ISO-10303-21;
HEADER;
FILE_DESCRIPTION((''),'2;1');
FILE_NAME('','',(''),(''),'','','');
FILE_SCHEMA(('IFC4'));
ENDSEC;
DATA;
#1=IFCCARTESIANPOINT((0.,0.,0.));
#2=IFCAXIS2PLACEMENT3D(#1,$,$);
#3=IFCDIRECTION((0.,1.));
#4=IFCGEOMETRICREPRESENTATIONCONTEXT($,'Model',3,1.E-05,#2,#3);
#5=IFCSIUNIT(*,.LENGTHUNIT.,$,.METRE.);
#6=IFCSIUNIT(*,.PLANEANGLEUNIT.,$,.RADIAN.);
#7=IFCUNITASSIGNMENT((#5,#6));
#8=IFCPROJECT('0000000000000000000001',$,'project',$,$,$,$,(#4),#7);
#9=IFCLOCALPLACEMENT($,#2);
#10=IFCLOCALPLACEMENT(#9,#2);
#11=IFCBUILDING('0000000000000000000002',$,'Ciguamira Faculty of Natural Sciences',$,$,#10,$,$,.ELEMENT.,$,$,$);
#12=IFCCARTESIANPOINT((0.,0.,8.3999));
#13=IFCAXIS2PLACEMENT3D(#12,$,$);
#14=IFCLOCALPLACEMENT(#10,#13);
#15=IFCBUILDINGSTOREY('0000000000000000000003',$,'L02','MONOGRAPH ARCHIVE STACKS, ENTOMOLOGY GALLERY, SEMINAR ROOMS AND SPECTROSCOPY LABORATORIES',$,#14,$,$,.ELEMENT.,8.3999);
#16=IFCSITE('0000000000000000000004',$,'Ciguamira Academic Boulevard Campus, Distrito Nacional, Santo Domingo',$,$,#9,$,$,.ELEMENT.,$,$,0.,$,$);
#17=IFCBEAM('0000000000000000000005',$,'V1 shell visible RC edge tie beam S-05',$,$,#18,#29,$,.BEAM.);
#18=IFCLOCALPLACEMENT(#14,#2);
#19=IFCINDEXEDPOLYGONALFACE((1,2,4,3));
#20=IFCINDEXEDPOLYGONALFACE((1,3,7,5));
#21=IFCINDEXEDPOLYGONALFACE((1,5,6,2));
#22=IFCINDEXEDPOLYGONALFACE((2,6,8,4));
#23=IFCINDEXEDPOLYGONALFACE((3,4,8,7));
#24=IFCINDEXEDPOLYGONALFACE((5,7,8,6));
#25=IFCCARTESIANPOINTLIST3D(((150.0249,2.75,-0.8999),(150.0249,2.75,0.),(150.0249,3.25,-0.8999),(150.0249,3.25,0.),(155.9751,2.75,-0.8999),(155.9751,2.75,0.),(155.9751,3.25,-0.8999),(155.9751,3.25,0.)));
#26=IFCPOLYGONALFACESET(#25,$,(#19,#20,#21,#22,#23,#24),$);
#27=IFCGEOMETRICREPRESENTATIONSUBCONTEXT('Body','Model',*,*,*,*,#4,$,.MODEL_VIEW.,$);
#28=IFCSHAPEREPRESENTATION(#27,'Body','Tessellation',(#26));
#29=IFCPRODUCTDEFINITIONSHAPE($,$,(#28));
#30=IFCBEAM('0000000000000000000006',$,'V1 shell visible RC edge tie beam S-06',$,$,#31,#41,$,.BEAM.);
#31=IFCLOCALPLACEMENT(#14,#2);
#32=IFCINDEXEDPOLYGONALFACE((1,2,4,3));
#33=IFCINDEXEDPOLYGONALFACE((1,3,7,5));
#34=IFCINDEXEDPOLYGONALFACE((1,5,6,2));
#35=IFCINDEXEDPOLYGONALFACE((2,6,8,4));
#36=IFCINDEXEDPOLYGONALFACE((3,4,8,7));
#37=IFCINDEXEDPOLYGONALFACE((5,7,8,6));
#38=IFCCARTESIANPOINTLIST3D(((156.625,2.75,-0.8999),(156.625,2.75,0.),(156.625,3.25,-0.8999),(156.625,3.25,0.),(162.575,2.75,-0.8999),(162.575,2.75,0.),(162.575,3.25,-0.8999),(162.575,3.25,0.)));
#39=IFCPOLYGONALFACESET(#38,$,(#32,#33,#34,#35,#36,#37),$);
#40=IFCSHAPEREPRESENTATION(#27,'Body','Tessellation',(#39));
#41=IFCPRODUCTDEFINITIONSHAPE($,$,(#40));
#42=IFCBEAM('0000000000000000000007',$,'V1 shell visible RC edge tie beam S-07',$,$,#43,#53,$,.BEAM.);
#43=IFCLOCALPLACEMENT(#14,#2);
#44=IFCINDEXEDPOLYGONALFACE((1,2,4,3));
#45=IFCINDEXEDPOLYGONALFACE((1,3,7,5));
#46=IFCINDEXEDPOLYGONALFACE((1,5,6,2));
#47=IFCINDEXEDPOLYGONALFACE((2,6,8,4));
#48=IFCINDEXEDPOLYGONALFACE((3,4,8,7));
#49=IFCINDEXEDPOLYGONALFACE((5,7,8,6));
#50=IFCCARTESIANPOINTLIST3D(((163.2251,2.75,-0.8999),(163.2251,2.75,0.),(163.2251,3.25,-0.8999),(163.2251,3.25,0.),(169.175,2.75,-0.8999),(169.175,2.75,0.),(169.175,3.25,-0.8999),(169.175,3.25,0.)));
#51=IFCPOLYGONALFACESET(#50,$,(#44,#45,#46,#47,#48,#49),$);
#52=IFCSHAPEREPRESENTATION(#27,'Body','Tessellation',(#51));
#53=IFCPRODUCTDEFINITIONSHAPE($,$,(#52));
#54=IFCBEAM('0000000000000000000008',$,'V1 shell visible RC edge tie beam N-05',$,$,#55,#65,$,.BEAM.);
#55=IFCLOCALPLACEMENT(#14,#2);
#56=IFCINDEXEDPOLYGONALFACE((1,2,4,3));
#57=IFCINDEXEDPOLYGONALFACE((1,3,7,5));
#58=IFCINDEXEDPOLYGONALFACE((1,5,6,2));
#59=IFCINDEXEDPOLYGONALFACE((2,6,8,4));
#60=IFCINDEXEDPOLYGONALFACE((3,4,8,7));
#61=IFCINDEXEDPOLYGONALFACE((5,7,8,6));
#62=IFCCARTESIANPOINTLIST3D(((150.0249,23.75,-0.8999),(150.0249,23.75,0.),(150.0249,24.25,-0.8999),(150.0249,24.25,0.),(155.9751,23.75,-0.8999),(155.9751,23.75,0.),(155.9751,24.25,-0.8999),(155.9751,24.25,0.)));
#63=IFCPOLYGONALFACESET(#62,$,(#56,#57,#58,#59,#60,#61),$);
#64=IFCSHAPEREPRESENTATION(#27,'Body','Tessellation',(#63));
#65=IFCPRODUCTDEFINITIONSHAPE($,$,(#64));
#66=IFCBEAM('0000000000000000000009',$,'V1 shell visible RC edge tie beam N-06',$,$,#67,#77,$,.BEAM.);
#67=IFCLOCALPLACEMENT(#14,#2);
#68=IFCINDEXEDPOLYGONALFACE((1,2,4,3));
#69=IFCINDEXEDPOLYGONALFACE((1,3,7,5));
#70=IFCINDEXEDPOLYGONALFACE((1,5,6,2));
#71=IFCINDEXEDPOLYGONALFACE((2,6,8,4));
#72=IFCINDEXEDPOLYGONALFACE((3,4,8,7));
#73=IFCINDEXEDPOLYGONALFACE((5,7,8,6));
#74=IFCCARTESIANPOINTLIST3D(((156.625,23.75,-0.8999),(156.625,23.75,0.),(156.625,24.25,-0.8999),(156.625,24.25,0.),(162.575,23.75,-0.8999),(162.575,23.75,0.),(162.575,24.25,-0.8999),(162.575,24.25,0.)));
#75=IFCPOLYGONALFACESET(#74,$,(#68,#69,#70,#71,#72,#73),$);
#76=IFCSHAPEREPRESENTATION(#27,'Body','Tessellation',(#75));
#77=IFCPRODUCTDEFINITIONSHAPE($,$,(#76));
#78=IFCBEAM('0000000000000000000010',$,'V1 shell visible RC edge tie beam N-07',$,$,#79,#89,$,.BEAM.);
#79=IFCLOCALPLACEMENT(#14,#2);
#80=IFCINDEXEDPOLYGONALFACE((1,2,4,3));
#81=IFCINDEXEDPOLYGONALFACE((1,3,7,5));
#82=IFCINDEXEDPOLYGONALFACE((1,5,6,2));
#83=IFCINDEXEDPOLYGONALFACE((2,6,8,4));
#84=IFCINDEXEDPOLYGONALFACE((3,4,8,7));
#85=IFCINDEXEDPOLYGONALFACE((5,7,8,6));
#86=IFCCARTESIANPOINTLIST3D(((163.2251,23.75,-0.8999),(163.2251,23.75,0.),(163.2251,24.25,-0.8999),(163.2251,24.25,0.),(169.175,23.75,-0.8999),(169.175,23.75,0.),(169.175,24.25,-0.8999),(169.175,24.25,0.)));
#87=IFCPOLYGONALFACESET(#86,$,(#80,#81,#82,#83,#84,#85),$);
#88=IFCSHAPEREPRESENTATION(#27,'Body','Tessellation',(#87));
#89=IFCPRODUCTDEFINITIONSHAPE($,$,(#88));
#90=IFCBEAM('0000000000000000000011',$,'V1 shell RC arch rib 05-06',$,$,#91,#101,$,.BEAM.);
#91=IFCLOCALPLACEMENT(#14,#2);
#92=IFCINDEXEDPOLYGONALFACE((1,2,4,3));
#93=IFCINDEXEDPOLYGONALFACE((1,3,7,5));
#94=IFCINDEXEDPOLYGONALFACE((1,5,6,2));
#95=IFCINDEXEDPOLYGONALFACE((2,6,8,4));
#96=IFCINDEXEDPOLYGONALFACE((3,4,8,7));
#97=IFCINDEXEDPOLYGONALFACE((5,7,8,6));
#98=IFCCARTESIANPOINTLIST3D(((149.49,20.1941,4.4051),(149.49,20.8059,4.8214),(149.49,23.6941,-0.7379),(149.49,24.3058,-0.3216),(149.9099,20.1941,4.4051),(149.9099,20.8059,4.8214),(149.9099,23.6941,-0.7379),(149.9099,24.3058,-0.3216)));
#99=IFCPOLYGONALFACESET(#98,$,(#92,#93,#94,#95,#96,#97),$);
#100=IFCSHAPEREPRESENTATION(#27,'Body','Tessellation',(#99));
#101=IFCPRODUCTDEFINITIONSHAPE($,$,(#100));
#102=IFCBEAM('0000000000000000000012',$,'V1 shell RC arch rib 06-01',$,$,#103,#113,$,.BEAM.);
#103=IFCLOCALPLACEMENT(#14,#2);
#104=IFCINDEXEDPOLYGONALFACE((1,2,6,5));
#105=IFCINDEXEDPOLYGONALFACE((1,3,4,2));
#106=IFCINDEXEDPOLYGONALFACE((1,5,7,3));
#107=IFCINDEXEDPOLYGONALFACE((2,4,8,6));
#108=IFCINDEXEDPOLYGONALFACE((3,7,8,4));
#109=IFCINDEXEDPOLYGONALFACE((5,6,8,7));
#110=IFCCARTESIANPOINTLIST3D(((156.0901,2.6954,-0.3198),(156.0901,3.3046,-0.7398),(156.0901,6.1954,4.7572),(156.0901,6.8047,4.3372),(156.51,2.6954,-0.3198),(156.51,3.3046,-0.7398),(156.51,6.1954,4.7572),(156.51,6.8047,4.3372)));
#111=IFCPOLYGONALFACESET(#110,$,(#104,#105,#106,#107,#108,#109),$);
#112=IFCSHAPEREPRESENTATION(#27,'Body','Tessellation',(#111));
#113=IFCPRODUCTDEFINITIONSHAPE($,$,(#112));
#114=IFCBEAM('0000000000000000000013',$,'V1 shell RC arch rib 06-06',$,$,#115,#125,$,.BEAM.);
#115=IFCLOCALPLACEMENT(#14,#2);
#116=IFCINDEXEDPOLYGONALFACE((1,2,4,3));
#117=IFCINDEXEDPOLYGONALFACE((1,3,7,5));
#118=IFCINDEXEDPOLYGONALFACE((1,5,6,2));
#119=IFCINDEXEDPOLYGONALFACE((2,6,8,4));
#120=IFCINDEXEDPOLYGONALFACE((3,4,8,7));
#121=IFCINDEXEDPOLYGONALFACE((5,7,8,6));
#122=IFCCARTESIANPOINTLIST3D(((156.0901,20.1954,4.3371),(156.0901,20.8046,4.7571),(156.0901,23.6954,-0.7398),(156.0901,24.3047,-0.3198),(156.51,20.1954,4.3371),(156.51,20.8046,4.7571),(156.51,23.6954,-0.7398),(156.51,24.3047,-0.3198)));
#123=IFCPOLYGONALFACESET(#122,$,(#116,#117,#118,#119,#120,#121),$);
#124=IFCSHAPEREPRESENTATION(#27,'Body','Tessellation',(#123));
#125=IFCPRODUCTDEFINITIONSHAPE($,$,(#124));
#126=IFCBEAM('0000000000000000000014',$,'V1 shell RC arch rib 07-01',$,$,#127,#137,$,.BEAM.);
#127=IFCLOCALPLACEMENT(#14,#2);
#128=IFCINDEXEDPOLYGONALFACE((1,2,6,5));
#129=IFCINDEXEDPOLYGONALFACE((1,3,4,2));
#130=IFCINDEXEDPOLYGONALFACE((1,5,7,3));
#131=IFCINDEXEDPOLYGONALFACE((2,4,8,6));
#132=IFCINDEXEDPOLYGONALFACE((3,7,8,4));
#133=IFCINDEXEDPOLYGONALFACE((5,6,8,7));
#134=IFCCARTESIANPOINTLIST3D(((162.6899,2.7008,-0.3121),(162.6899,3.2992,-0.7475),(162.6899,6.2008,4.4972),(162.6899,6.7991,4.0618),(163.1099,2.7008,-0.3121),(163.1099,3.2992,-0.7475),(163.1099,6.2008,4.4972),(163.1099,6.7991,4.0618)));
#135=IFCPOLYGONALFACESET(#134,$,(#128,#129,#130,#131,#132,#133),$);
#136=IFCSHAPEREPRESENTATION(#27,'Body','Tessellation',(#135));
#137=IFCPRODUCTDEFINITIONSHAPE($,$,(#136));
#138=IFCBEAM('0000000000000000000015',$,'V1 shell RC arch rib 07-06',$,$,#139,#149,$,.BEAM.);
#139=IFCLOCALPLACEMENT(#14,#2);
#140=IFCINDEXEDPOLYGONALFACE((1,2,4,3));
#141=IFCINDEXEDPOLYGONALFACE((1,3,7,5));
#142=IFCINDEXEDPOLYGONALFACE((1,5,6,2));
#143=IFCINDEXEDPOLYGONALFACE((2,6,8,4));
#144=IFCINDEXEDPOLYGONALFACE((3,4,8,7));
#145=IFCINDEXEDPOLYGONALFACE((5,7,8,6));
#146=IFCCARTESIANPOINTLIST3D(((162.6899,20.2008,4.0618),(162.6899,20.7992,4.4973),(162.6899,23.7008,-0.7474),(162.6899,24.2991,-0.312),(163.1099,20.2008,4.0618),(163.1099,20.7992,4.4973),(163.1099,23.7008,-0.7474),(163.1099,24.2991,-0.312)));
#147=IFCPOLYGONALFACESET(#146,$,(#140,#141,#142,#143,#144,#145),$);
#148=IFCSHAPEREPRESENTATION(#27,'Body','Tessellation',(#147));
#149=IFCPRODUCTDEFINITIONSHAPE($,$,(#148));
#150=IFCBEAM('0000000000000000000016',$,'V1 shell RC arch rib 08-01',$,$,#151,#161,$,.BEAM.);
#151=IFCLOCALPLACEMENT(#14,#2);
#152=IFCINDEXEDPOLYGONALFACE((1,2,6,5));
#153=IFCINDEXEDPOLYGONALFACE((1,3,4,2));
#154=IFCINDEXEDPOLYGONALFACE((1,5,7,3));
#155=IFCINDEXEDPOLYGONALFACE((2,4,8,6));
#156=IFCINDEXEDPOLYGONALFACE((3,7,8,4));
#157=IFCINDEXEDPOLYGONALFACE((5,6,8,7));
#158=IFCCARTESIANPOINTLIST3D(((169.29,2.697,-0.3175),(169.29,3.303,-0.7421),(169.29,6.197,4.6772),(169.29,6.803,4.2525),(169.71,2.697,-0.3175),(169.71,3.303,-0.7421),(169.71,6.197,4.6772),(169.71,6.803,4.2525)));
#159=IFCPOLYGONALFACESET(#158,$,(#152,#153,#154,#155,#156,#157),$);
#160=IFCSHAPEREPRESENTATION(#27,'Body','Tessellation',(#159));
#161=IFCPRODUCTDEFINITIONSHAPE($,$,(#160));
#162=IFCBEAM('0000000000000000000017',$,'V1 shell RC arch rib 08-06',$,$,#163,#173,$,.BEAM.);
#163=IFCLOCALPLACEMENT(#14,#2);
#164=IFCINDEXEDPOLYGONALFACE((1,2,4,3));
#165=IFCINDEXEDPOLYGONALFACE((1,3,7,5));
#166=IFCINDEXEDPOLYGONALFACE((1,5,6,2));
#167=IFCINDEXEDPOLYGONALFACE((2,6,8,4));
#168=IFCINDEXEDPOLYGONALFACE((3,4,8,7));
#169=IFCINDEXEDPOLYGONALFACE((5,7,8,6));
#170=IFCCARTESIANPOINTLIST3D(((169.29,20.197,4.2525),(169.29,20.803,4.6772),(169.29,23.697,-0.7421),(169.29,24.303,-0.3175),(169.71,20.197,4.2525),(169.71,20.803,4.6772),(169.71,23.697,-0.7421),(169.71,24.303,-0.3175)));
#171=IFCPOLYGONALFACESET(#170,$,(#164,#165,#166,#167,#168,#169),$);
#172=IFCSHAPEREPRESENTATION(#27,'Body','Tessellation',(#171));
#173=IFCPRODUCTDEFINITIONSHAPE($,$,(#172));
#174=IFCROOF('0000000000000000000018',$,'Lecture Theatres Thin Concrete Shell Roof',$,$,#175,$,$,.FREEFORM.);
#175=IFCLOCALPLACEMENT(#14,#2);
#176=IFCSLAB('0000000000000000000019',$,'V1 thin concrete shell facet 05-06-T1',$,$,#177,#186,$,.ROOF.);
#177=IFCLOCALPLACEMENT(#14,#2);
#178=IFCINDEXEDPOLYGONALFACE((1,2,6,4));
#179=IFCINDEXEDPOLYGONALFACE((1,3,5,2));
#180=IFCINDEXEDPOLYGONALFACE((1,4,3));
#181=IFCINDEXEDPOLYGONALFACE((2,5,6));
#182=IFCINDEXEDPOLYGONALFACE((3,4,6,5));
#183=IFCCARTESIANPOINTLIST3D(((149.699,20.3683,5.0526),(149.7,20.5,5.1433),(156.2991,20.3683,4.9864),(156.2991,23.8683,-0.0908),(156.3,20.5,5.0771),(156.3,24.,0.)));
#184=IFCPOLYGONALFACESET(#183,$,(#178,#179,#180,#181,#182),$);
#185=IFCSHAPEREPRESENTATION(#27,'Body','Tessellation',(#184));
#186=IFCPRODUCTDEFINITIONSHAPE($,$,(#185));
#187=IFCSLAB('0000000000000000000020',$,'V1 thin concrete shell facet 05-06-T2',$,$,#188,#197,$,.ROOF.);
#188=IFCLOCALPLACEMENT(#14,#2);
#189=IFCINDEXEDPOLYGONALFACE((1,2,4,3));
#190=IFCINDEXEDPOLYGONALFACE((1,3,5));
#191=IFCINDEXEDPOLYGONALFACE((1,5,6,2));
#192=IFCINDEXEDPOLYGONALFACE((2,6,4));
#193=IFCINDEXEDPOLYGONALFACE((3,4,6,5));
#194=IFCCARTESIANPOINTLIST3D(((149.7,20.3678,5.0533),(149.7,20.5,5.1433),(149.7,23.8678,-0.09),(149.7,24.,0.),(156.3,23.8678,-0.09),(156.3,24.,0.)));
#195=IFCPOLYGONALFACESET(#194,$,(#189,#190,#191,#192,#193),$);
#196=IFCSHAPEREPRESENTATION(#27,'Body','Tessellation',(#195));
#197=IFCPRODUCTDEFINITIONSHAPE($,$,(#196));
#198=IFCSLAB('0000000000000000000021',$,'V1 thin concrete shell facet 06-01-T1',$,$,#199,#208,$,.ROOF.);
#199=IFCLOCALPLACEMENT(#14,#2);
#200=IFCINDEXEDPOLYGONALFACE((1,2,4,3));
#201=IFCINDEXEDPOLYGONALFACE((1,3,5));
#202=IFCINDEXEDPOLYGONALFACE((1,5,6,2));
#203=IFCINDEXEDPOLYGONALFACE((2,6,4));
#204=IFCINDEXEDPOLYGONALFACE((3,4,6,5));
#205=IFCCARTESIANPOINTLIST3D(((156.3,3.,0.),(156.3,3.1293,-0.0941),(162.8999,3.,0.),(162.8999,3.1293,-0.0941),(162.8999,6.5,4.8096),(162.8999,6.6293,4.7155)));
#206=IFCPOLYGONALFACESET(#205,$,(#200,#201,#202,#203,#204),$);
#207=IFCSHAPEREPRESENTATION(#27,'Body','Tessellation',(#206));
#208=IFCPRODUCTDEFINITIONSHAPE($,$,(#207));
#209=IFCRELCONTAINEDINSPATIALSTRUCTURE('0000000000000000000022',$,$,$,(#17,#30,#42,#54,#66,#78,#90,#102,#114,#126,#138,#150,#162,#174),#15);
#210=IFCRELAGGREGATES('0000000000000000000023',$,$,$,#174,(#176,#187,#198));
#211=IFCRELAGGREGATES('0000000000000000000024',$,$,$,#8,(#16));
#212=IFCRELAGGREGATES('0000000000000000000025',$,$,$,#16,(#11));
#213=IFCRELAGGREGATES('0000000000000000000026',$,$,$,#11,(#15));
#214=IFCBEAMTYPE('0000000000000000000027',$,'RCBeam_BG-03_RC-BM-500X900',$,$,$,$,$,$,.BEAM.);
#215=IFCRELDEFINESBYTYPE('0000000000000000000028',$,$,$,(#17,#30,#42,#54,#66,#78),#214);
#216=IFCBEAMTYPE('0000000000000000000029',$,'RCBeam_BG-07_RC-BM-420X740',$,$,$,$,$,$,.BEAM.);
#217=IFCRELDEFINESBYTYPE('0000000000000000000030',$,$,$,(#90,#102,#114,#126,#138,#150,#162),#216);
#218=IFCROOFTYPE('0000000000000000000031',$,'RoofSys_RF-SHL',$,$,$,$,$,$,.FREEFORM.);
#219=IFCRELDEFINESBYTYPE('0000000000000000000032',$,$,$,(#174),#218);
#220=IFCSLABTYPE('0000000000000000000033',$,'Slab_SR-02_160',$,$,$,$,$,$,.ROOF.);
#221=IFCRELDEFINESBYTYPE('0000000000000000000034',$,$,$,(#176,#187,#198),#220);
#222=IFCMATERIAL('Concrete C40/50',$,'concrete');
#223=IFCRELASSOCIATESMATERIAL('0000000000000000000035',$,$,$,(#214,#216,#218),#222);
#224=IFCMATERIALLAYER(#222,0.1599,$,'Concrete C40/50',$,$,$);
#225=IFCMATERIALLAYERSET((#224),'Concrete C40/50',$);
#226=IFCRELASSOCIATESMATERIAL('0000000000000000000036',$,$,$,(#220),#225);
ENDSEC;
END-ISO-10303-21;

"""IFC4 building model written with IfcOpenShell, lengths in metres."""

from ifc_helpers import new_model, si_unit, direction, frame, origin, origin_2d, place, context, subcontext, project, spatial, polyline, rectangle, outline, extrude, material, layer, layer_set, material_profile, profile_set, type_object, element, aggregate, save


model = new_model("IFC4")

# Units and contexts
model_context = context("Model", 3, precision=1e-05, world=origin(), true_north=direction((0.0, 1.0)))
body_context = subcontext(model_context, "Body", "Model", "MODEL_VIEW")
ifc_project = project(units=[si_unit("LENGTHUNIT", "METRE"), si_unit("PLANEANGLEUNIT", "RADIAN")], contexts=[model_context])

# Site, building, storey
site_placement = place(None, origin())
site = spatial("IfcSite", under=ifc_project, at=site_placement, Name="Ciguamira Academic Boulevard Campus, Distrito Nacional, Santo Domingo", CompositionType="ELEMENT", RefElevation=0.0)
building_placement = place(site_placement, origin())
building = spatial("IfcBuilding", under=site, at=building_placement, Name="Ciguamira Faculty of Natural Sciences", CompositionType="ELEMENT")
storey_placement = place(building_placement, frame((0.0, 0.0, 8.3999)))
storey = spatial("IfcBuildingStorey", under=building, at=storey_placement, Name="L02", Description="MONOGRAPH ARCHIVE STACKS, ENTOMOLOGY GALLERY, SEMINAR ROOMS AND SPECTROSCOPY LABORATORIES", CompositionType="ELEMENT", Elevation=8.3999)

# Beams
ifc_material = material(Name="Concrete C40/50", Category="concrete")
ifc_material_profile_1 = material_profile(ifc_material, rectangle(XDim=0.5, YDim=0.8999, at=origin_2d()), Name="RC-BM-500X900")
ifc_profile_set_1 = profile_set([ifc_material_profile_1], Name="Concrete C40/50")
beam_type_1 = type_object("IfcBeamType", Name="RCBeam_BG-03_RC-BM-500X900", PredefinedType="BEAM", material=ifc_profile_set_1)
beam_1_placement = place(storey_placement, frame((150.0249, 3.0, -0.45), z_axis=(1.0, 0.0, 0.0), x_axis=(0.0, 1.0, 0.0)))
element("IfcBeam", 1, at=beam_1_placement, inside=storey, type_object=beam_type_1, Name="V1 shell visible RC edge tie beam S-05", PredefinedType="BEAM", context=body_context, shape_type="SweptSolid", body=[
    extrude(rectangle(XDim=0.5, YDim=0.8999, at=origin_2d()), origin(), (0.0, 0.0, 1.0), 5.9502),
])
for number, where, z_axis, x_axis, name in (
    (2, (156.625, 3.0, -0.45), (1.0, 0.0, 0.0), (0.0, 1.0, 0.0), "V1 shell visible RC edge tie beam S-06"),
    (3, (163.2251, 3.0, -0.45), (1.0, 0.0, 0.0), (0.0, 1.0, 0.0), "V1 shell visible RC edge tie beam S-07"),
):
    element("IfcBeam", number, at=place(storey_placement, frame(where, z_axis=z_axis, x_axis=x_axis)), inside=storey, type_object=beam_type_1, Name=name, PredefinedType="BEAM", context=body_context, shape_type="SweptSolid", body=[
        extrude(rectangle(XDim=0.5, YDim=0.8999, at=origin_2d()), origin(), (0.0, 0.0, 1.0), 5.95),
    ])
beam_2_placement = place(storey_placement, frame((150.0249, 24.0, -0.45), z_axis=(1.0, 0.0, 0.0), x_axis=(0.0, 1.0, 0.0)))
element("IfcBeam", 4, at=beam_2_placement, inside=storey, type_object=beam_type_1, Name="V1 shell visible RC edge tie beam N-05", PredefinedType="BEAM", context=body_context, shape_type="SweptSolid", body=[
    extrude(rectangle(XDim=0.5, YDim=0.8999, at=origin_2d()), origin(), (0.0, 0.0, 1.0), 5.9502),
])
for number, where, z_axis, x_axis, name in (
    (5, (156.625, 24.0, -0.45), (1.0, 0.0, 0.0), (0.0, 1.0, 0.0), "V1 shell visible RC edge tie beam N-06"),
    (6, (163.2251, 24.0, -0.45), (1.0, 0.0, 0.0), (0.0, 1.0, 0.0), "V1 shell visible RC edge tie beam N-07"),
):
    element("IfcBeam", number, at=place(storey_placement, frame(where, z_axis=z_axis, x_axis=x_axis)), inside=storey, type_object=beam_type_1, Name=name, PredefinedType="BEAM", context=body_context, shape_type="SweptSolid", body=[
        extrude(rectangle(XDim=0.5, YDim=0.8999, at=origin_2d()), origin(), (0.0, 0.0, 1.0), 5.95),
    ])
ifc_material_profile_2 = material_profile(ifc_material, rectangle(XDim=0.4199, YDim=0.74, at=origin_2d()), Name="RC-BM-420X740")
ifc_profile_set_2 = profile_set([ifc_material_profile_2], Name="Concrete C40/50")
beam_type_2 = type_object("IfcBeamType", Name="RCBeam_BG-07_RC-BM-420X740", PredefinedType="BEAM", material=ifc_profile_set_2)
beam_3_placement = place(storey_placement, frame((149.7, 20.5, 4.6133), z_axis=(0.0, 0.562608, -0.826724), x_axis=(-1.0, 0.0, 0.0)))
element("IfcBeam", 7, at=beam_3_placement, inside=storey, type_object=beam_type_2, Name="V1 shell RC arch rib 05-06", PredefinedType="BEAM", context=body_context, shape_type="SweptSolid", body=[
    extrude(rectangle(XDim=0.4199, YDim=0.74, at=origin_2d()), origin(), (0.0, 0.0, 1.0), 6.2209),
])
for number, where, z_axis, x_axis, name in (
    (8, (156.3, 3.0, -0.5298), (0.0, 0.567589, 0.823312), (-1.0, 0.0, 0.0), "V1 shell RC arch rib 06-01"),
    (9, (156.3, 20.5, 4.5471), (0.0, 0.567589, -0.823312), (-1.0, 0.0, 0.0), "V1 shell RC arch rib 06-06"),
):
    element("IfcBeam", number, at=place(storey_placement, frame(where, z_axis=z_axis, x_axis=x_axis)), inside=storey, type_object=beam_type_2, Name=name, PredefinedType="BEAM", context=body_context, shape_type="SweptSolid", body=[
        extrude(rectangle(XDim=0.4199, YDim=0.74, at=origin_2d()), origin(), (0.0, 0.0, 1.0), 6.1665),
    ])
for number, where, z_axis, x_axis, name in (
    (10, (162.8999, 3.0, -0.5298), (0.0, 0.588425, 0.808551), (-1.0, 0.0, 0.0), "V1 shell RC arch rib 07-01"),
    (11, (162.8999, 20.5, 4.2795), (0.0, 0.588425, -0.808551), (-1.0, 0.0, 0.0), "V1 shell RC arch rib 07-06"),
):
    element("IfcBeam", number, at=place(storey_placement, frame(where, z_axis=z_axis, x_axis=x_axis)), inside=storey, type_object=beam_type_2, Name=name, PredefinedType="BEAM", context=body_context, shape_type="SweptSolid", body=[
        extrude(rectangle(XDim=0.4199, YDim=0.74, at=origin_2d()), origin(), (0.0, 0.0, 1.0), 5.948),
    ])
for number, where, z_axis, x_axis, name in (
    (12, (169.5, 3.0, -0.5298), (0.0, 0.573876, 0.818942), (-1.0, 0.0, 0.0), "V1 shell RC arch rib 08-01"),
    (13, (169.5, 20.5, 4.4648), (0.0, 0.573876, -0.818942), (-1.0, 0.0, 0.0), "V1 shell RC arch rib 08-06"),
):
    element("IfcBeam", number, at=place(storey_placement, frame(where, z_axis=z_axis, x_axis=x_axis)), inside=storey, type_object=beam_type_2, Name=name, PredefinedType="BEAM", context=body_context, shape_type="SweptSolid", body=[
        extrude(rectangle(XDim=0.4199, YDim=0.74, at=origin_2d()), origin(), (0.0, 0.0, 1.0), 6.0989),
    ])

# Roof, slabs
roof_type = type_object("IfcRoofType", Name="RoofSys_RF-SHL", PredefinedType="FREEFORM", material=ifc_material)
roof_placement = place(storey_placement, origin())
roof = element("IfcRoof", 14, at=roof_placement, inside=storey, type_object=roof_type, Name="Lecture Theatres Thin Concrete Shell Roof", PredefinedType="FREEFORM")
ifc_layer = layer(ifc_material, 0.1599, Name="Concrete C40/50")
ifc_layer_set = layer_set([ifc_layer], Name="Concrete C40/50")
slab_type = type_object("IfcSlabType", Name="Slab_SR-02_160", PredefinedType="ROOF", material=ifc_layer_set)
slab_1_placement = place(storey_placement, frame((149.7, 20.5, 5.1433), z_axis=(0.005689, 0.823312, 0.567561), x_axis=(0.99995, 0.0, -0.010024)))
slab_1 = element("IfcSlab", 15, at=slab_1_placement, type_object=slab_type, Name="V1 thin concrete shell facet 05-06-T1", PredefinedType="ROOF", context=body_context, shape_type="SweptSolid", body=[
    extrude(outline(polyline([(0.0, 0.0), (6.6004, 0.0), (6.6513, 6.1664), (0.0, 0.0)])), origin(), (0.0, 0.0, -1.0), 0.1599),
])
slab_2_placement = place(storey_placement, frame((149.7, 20.5, 5.1433), z_axis=(0.0, 0.826736, 0.56259), x_axis=(0.727684, 0.385887, -0.567068)))
slab_2 = element("IfcSlab", 16, at=slab_2_placement, type_object=slab_type, Name="V1 thin concrete shell facet 05-06-T2", PredefinedType="ROOF", context=body_context, shape_type="SweptSolid", body=[
    extrude(outline(polyline([(0.0, 0.0), (9.07, 0.0), (4.2672, 4.5271), (0.0, 0.0)])), origin(), (0.0, 0.0, -1.0), 0.1599),
])
slab_3_placement = place(storey_placement, frame((156.3, 3.0, 0.0), z_axis=(0.0, -0.808566, 0.588406), x_axis=(1.0, 0.0, 0.0)))
slab_3 = element("IfcSlab", 17, at=slab_3_placement, type_object=slab_type, Name="V1 thin concrete shell facet 06-01-T1", PredefinedType="ROOF", context=body_context, shape_type="SweptSolid", body=[
    extrude(outline(polyline([(0.0, 0.0), (6.5999, 0.0), (6.5999, 5.9483), (0.0, 0.0)])), origin(), (0.0, 0.0, -1.0), 0.1599),
])
aggregate(roof, [slab_1, slab_2, slab_3])

save(model, "model.ifc")
